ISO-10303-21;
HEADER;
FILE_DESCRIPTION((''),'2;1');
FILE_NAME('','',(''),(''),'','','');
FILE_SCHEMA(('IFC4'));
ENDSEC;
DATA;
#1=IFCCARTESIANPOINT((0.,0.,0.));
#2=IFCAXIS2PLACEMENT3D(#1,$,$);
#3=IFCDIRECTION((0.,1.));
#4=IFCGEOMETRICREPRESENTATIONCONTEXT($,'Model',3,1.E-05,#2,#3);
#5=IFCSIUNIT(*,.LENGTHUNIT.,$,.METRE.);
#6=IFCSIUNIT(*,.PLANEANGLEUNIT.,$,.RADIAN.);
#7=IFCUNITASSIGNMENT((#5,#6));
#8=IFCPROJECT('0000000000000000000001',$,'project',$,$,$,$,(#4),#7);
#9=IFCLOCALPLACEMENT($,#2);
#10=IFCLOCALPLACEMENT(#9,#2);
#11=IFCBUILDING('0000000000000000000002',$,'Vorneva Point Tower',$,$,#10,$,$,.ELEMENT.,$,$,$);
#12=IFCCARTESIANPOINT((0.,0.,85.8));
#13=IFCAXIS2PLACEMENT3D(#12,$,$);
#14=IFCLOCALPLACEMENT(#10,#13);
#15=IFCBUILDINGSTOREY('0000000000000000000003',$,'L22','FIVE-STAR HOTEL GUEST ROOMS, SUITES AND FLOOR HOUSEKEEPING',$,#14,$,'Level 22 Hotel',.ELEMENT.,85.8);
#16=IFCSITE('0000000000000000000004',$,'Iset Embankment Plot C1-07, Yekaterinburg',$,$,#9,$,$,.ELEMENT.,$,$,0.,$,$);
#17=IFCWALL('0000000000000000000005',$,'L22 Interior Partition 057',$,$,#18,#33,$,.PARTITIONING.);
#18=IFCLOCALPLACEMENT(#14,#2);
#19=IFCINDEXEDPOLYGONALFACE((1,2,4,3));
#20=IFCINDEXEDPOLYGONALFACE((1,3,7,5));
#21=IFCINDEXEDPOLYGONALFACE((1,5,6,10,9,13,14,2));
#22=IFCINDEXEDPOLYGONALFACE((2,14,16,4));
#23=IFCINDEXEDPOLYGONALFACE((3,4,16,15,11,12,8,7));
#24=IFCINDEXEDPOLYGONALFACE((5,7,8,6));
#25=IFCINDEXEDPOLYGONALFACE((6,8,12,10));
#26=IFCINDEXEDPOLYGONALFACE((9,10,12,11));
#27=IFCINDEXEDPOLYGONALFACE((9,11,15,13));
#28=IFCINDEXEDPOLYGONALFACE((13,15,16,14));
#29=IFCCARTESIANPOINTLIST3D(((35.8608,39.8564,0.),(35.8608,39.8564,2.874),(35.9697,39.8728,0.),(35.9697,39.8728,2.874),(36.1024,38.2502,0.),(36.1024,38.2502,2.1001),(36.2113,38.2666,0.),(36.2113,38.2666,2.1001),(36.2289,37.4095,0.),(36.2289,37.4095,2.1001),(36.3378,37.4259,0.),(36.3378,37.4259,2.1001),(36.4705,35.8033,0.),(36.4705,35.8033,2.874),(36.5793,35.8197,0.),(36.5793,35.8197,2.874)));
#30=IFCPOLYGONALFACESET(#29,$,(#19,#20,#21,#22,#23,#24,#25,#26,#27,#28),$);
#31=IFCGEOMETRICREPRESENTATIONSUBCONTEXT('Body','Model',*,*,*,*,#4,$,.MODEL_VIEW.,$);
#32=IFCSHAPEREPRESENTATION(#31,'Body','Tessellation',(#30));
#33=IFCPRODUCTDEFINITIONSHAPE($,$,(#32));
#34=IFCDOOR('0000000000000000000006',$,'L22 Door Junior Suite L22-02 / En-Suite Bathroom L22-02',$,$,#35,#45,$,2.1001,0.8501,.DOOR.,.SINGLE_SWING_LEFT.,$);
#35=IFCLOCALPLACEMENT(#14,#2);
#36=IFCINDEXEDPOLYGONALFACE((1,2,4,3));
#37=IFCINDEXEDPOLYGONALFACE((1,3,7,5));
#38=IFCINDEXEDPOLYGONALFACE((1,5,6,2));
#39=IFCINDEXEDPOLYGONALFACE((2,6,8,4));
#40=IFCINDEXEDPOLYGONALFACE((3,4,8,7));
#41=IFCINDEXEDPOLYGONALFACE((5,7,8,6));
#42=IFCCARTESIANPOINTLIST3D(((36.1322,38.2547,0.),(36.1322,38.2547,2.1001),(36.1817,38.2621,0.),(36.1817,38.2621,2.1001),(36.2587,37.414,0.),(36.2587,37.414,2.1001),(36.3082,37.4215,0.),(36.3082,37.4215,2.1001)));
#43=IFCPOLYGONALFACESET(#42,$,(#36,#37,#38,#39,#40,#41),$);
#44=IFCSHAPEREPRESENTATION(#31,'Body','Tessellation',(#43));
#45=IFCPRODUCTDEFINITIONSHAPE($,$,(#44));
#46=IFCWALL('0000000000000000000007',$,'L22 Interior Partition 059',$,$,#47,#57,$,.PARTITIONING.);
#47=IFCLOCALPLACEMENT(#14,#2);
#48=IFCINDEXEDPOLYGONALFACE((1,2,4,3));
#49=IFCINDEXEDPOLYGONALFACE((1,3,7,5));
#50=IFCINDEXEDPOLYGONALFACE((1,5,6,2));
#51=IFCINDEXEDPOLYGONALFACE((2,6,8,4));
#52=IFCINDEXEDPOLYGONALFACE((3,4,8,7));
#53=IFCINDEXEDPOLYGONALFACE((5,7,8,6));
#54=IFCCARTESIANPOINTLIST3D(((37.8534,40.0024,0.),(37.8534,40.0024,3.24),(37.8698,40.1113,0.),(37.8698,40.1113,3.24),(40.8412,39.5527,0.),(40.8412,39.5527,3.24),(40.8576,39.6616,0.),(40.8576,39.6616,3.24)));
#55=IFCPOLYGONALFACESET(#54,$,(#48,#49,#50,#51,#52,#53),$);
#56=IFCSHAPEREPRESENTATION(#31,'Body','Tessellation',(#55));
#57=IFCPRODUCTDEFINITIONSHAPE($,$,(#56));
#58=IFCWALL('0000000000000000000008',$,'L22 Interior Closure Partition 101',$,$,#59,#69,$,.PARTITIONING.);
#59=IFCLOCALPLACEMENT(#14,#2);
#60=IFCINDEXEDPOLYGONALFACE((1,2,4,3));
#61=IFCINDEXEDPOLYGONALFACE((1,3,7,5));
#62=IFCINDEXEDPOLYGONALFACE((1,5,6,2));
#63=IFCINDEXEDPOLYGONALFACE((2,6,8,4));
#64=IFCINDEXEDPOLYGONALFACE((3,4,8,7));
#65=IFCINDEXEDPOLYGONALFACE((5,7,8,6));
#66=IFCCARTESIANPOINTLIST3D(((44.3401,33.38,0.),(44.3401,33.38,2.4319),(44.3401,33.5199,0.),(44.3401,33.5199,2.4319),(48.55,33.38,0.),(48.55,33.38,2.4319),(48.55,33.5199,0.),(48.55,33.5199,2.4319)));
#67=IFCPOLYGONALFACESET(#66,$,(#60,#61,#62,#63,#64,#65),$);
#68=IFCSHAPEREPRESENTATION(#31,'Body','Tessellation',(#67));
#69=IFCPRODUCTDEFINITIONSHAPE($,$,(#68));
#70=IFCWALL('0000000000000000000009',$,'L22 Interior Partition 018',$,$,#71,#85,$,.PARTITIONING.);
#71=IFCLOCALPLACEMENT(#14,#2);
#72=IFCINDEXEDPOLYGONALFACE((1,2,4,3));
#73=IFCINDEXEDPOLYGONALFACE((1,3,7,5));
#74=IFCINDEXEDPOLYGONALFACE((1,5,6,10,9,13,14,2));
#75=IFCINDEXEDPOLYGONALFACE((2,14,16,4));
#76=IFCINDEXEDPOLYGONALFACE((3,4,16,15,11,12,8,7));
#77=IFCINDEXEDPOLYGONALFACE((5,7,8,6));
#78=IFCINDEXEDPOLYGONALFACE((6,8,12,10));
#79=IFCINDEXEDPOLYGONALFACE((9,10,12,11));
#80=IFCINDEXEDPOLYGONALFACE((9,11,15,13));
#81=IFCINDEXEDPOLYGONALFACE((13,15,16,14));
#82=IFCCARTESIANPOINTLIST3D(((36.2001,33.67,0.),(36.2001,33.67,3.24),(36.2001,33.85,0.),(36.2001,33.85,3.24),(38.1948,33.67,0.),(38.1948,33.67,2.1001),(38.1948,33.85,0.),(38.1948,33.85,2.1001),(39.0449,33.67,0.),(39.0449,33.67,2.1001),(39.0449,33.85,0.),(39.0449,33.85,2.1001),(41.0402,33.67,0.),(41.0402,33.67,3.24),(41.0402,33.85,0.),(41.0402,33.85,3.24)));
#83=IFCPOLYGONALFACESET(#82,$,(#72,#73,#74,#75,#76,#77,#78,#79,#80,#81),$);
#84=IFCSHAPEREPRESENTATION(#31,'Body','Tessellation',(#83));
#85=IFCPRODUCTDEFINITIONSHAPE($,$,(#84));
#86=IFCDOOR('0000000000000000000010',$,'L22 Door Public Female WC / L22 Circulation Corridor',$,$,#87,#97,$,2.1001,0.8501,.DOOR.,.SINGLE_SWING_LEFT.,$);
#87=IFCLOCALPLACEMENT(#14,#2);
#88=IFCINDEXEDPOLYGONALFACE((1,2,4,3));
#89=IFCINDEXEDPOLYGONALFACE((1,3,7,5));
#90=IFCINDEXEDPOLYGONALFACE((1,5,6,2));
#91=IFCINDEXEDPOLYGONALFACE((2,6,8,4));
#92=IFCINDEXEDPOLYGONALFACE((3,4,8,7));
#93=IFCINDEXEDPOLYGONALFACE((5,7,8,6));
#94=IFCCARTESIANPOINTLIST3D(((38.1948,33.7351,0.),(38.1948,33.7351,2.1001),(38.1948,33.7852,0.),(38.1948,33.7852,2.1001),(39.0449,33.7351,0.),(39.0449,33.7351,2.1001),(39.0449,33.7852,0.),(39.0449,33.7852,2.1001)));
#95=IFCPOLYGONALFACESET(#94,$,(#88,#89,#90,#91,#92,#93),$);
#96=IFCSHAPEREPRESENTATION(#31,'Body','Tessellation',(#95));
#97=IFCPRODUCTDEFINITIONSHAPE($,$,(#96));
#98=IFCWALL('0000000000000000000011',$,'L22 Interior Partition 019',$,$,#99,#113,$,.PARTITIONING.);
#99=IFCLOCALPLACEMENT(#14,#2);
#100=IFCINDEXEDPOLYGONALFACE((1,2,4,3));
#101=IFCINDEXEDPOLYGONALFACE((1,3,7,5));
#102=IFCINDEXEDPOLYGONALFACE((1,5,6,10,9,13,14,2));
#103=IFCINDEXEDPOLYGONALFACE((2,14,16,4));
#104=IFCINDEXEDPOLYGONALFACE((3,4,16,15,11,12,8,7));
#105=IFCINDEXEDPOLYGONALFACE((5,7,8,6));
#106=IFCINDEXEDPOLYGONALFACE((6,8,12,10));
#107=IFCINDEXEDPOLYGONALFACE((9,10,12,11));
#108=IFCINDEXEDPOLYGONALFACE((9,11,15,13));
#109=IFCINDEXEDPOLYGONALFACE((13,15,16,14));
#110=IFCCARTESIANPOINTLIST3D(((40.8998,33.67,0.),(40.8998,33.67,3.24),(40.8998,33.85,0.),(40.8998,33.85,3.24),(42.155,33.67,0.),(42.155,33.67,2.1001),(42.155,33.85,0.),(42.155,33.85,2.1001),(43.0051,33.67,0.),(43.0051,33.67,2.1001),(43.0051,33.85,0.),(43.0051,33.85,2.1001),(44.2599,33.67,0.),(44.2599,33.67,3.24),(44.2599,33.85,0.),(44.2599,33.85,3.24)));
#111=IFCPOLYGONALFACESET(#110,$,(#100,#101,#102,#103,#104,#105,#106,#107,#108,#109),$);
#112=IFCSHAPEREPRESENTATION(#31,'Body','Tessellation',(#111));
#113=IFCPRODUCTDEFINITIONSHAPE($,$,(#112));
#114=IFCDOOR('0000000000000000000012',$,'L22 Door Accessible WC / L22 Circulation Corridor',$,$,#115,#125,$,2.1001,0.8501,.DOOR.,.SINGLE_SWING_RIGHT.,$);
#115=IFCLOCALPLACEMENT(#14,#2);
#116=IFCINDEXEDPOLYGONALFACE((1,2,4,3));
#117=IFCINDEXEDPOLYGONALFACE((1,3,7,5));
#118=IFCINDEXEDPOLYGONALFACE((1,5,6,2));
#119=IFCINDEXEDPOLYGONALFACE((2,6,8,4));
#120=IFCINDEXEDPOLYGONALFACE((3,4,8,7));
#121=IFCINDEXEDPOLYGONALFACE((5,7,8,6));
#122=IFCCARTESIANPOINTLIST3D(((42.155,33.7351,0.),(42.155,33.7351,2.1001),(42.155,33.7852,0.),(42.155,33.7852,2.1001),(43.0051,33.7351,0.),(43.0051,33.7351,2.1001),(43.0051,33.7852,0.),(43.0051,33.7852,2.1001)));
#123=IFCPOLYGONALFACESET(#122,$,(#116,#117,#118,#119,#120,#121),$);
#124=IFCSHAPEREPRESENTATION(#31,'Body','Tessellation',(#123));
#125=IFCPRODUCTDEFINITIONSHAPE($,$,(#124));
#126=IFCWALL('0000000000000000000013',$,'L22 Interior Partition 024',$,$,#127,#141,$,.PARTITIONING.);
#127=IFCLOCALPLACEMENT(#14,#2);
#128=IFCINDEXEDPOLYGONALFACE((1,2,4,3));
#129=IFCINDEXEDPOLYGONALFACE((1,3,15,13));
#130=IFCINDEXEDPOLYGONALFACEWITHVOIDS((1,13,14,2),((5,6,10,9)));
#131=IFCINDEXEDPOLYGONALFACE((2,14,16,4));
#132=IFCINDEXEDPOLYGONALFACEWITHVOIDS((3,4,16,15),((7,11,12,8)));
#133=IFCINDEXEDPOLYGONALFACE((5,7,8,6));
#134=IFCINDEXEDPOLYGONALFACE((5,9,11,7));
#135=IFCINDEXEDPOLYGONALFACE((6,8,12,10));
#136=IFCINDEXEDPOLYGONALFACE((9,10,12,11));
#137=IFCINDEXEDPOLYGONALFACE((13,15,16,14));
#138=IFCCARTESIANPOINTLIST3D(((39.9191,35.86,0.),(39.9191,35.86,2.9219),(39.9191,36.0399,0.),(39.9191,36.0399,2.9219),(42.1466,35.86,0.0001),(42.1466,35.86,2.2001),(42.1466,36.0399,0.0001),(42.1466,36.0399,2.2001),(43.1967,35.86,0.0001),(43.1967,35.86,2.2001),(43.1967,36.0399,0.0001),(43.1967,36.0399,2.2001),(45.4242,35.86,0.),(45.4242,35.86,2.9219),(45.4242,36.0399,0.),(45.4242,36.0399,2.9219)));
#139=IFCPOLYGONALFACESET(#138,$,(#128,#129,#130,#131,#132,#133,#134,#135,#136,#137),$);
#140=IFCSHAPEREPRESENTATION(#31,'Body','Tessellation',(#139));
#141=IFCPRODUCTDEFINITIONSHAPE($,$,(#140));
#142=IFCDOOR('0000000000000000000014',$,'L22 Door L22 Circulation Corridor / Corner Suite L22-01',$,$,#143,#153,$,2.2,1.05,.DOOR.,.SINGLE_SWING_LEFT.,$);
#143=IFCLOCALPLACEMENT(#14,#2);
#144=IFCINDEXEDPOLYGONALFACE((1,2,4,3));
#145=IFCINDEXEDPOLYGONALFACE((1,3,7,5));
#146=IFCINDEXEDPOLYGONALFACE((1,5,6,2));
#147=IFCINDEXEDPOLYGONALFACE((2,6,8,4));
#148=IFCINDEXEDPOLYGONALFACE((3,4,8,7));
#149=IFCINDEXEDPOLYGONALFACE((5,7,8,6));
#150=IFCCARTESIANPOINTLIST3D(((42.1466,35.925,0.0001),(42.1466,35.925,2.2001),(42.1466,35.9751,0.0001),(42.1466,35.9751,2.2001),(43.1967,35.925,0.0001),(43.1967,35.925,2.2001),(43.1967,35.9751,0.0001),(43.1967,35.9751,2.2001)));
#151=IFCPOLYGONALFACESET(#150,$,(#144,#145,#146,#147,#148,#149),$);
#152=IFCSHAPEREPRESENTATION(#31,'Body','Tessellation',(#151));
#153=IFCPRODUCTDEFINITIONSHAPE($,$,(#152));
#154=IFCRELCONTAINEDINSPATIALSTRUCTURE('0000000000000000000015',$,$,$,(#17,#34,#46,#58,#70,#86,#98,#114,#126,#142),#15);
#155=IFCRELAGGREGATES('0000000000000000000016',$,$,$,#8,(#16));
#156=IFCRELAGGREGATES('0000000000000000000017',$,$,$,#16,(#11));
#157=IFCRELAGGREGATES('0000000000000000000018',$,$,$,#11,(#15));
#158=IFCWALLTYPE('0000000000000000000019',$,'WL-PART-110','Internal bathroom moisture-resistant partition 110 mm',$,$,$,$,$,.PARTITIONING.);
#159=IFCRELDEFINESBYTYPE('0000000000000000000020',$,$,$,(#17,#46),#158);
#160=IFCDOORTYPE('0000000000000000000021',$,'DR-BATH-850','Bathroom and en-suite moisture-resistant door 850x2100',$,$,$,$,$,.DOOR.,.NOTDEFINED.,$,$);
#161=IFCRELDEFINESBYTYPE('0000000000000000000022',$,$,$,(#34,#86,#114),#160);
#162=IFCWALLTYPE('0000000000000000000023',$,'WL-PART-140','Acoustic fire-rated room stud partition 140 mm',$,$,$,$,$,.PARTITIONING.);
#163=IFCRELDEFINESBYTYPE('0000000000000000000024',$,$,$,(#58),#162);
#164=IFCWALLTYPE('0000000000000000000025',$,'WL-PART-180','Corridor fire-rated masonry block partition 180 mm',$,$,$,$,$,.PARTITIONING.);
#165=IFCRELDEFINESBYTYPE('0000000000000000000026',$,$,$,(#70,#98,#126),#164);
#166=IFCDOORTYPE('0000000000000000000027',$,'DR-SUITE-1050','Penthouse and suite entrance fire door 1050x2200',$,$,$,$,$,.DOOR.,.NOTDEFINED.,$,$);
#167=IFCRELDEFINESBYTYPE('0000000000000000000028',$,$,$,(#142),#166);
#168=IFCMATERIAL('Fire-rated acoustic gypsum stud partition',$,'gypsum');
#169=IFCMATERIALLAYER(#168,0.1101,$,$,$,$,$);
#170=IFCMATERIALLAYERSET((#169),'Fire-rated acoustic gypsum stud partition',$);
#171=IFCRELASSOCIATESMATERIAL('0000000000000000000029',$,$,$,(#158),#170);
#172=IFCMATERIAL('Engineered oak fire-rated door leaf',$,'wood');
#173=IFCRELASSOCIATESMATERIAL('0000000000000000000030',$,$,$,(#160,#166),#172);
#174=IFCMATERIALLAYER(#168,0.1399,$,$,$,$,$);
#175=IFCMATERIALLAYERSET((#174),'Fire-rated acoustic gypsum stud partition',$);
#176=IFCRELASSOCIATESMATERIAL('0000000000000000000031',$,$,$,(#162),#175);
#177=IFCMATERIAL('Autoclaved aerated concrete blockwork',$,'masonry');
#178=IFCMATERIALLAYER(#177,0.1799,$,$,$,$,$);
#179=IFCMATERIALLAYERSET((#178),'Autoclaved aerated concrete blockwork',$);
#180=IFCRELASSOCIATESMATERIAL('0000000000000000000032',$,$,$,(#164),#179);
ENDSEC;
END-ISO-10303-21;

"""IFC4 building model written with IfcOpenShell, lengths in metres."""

from ifc_helpers import new_model, si_unit, direction, frame, frame_2d, origin, place, context, subcontext, project, spatial, rectangle, extrude, material, layer, layer_set, type_object, element, fill, save


model = new_model("IFC4")

# Units and contexts
model_context = context("Model", 3, precision=1e-05, world=origin(), true_north=direction((0.0, 1.0)))
body_context = subcontext(model_context, "Body", "Model", "MODEL_VIEW")
ifc_project = project(units=[si_unit("LENGTHUNIT", "METRE"), si_unit("PLANEANGLEUNIT", "RADIAN")], contexts=[model_context])

# Site, building, storey
site_placement = place(None, origin())
site = spatial("IfcSite", under=ifc_project, at=site_placement, Name="Iset Embankment Plot C1-07, Yekaterinburg", CompositionType="ELEMENT", RefElevation=0.0)
building_placement = place(site_placement, origin())
building = spatial("IfcBuilding", under=site, at=building_placement, Name="Vorneva Point Tower", CompositionType="ELEMENT")
storey_placement = place(building_placement, frame((0.0, 0.0, 85.8)))
storey = spatial("IfcBuildingStorey", under=building, at=storey_placement, Name="L22", Description="FIVE-STAR HOTEL GUEST ROOMS, SUITES AND FLOOR HOUSEKEEPING", LongName="Level 22 Hotel", CompositionType="ELEMENT", Elevation=85.8)

# Shared definitions
ifc_material_1 = material(Name="Fire-rated acoustic gypsum stud partition", Category="gypsum")
ifc_layer_1 = layer(ifc_material_1, 0.1101)
ifc_layer_set_1 = layer_set([ifc_layer_1], Name="Fire-rated acoustic gypsum stud partition")
wall_type_1 = type_object("IfcWallType", Name="WL-PART-110", Description="Internal bathroom moisture-resistant partition 110 mm", PredefinedType="PARTITIONING", material=ifc_layer_set_1)

# Wall, opening, door
wall_1_placement = place(storey_placement, frame((36.5249, 35.8115, 0.0), z_axis=(0.0, 0.0, 1.0), x_axis=(-0.148739, 0.988876, 0.0)))
wall_1 = element("IfcWall", 1, at=wall_1_placement, inside=storey, type_object=wall_type_1, Name="L22 Interior Partition 057", PredefinedType="PARTITIONING", context=body_context, shape_type="SweptSolid", body=[
    extrude(rectangle(XDim=4.0986, YDim=0.1101, at=frame_2d((2.0493, 0.0))), origin(), (0.0, 0.0, 1.0), 2.874),
])
opening_1_placement = place(wall_1_placement, frame((1.6243, 0.0, 0.0)))
opening_1 = element("IfcOpeningElement", 2, at=opening_1_placement, cuts=wall_1, PredefinedType="OPENING", context=body_context, shape_type="SweptSolid", body=[
    extrude(rectangle(XDim=0.8501, YDim=2.1001, at=frame_2d((0.425, 1.05))), frame((0.0, 0.0698, 0.0), z_axis=(0.0, -1.0, 0.0), x_axis=(1.0, 0.0, 0.0)), (0.0, 0.0, 1.0), 0.1399),
])
ifc_material_2 = material(Name="Engineered oak fire-rated door leaf", Category="wood")
door_type_1 = type_object("IfcDoorType", Name="DR-BATH-850", Description="Bathroom and en-suite moisture-resistant door 850x2100", OperationType="NOTDEFINED", PredefinedType="DOOR", material=ifc_material_2)
door_1_placement = place(opening_1_placement, origin())
door_1 = element("IfcDoor", 3, at=door_1_placement, inside=storey, type_object=door_type_1, Name="L22 Door Junior Suite L22-02 / En-Suite Bathroom L22-02", OperationType="SINGLE_SWING_LEFT", OverallHeight=2.1001, OverallWidth=0.8501, PredefinedType="DOOR", context=body_context, shape_type="SweptSolid", body=[
    extrude(rectangle(XDim=0.8501, YDim=2.1001, at=frame_2d((0.425, 1.05))), frame((0.0, 0.0249, 0.0), z_axis=(0.0, -1.0, 0.0), x_axis=(1.0, 0.0, 0.0)), (0.0, 0.0, 1.0), 0.05),
])
fill(opening_1, door_1)

# Walls
wall_2_placement = place(storey_placement, frame((37.8616, 40.0569, 0.0), z_axis=(0.0, 0.0, 1.0), x_axis=(0.988862, -0.148838, 0.0)))
element("IfcWall", 4, at=wall_2_placement, inside=storey, type_object=wall_type_1, Name="L22 Interior Partition 059", PredefinedType="PARTITIONING", context=body_context, shape_type="SweptSolid", body=[
    extrude(rectangle(XDim=3.0215, YDim=0.1101, at=frame_2d((1.5107, 0.0))), origin(), (0.0, 0.0, 1.0), 3.24),
])
ifc_layer_2 = layer(ifc_material_1, 0.1399)
ifc_layer_set_2 = layer_set([ifc_layer_2], Name="Fire-rated acoustic gypsum stud partition")
wall_type_2 = type_object("IfcWallType", Name="WL-PART-140", Description="Acoustic fire-rated room stud partition 140 mm", PredefinedType="PARTITIONING", material=ifc_layer_set_2)
wall_3_placement = place(storey_placement, frame((44.3401, 33.45, 0.0), z_axis=(0.0, 0.0, 1.0), x_axis=(1.0, 0.0, 0.0)))
element("IfcWall", 5, at=wall_3_placement, inside=storey, type_object=wall_type_2, Name="L22 Interior Closure Partition 101", PredefinedType="PARTITIONING", context=body_context, shape_type="SweptSolid", body=[
    extrude(rectangle(XDim=4.21, YDim=0.1399, at=frame_2d((2.105, 0.0))), origin(), (0.0, 0.0, 1.0), 2.4319),
])

# Walls, openings, doors
ifc_material_3 = material(Name="Autoclaved aerated concrete blockwork", Category="masonry")
ifc_layer_3 = layer(ifc_material_3, 0.1799)
ifc_layer_set_3 = layer_set([ifc_layer_3], Name="Autoclaved aerated concrete blockwork")
wall_type_3 = type_object("IfcWallType", Name="WL-PART-180", Description="Corridor fire-rated masonry block partition 180 mm", PredefinedType="PARTITIONING", material=ifc_layer_set_3)
wall_4_placement = place(storey_placement, frame((41.04, 33.76, 0.0), z_axis=(0.0, 0.0, 1.0), x_axis=(-1.0, 0.0, 0.0)))
wall_4 = element("IfcWall", 6, at=wall_4_placement, inside=storey, type_object=wall_type_3, Name="L22 Interior Partition 018", PredefinedType="PARTITIONING", context=body_context, shape_type="SweptSolid", body=[
    extrude(rectangle(XDim=4.8401, YDim=0.1799, at=frame_2d((2.4199, 0.0))), origin(), (0.0, 0.0, 1.0), 3.24),
])
opening_2_placement = place(wall_4_placement, frame((1.9951, 0.0, 0.0)))
opening_2 = element("IfcOpeningElement", 7, at=opening_2_placement, cuts=wall_4, PredefinedType="OPENING", context=body_context, shape_type="SweptSolid", body=[
    extrude(rectangle(XDim=0.8501, YDim=2.1001, at=frame_2d((0.425, 1.05))), frame((0.0, 0.105, 0.0), z_axis=(0.0, -1.0, 0.0), x_axis=(1.0, 0.0, 0.0)), (0.0, 0.0, 1.0), 0.2097),
])
door_2_placement = place(opening_2_placement, origin())
door_2 = element("IfcDoor", 8, at=door_2_placement, inside=storey, type_object=door_type_1, Name="L22 Door Public Female WC / L22 Circulation Corridor", OperationType="SINGLE_SWING_LEFT", OverallHeight=2.1001, OverallWidth=0.8501, PredefinedType="DOOR", context=body_context, shape_type="SweptSolid", body=[
    extrude(rectangle(XDim=0.8501, YDim=2.1001, at=frame_2d((0.425, 1.05))), frame((0.0, 0.0249, 0.0), z_axis=(0.0, -1.0, 0.0), x_axis=(1.0, 0.0, 0.0)), (0.0, 0.0, 1.0), 0.05),
])
fill(opening_2, door_2)
wall_5_placement = place(storey_placement, frame((44.26, 33.76, 0.0), z_axis=(0.0, 0.0, 1.0), x_axis=(-1.0, 0.0, 0.0)))
wall_5 = element("IfcWall", 9, at=wall_5_placement, inside=storey, type_object=wall_type_3, Name="L22 Interior Partition 019", PredefinedType="PARTITIONING", context=body_context, shape_type="SweptSolid", body=[
    extrude(rectangle(XDim=3.3601, YDim=0.1799, at=frame_2d((1.6802, 0.0))), origin(), (0.0, 0.0, 1.0), 3.24),
])
opening_3_placement = place(wall_5_placement, frame((1.2549, 0.0, 0.0)))
opening_3 = element("IfcOpeningElement", 10, at=opening_3_placement, cuts=wall_5, PredefinedType="OPENING", context=body_context, shape_type="SweptSolid", body=[
    extrude(rectangle(XDim=0.8501, YDim=2.1001, at=frame_2d((0.425, 1.05))), frame((0.0, 0.105, 0.0), z_axis=(0.0, -1.0, 0.0), x_axis=(1.0, 0.0, 0.0)), (0.0, 0.0, 1.0), 0.2097),
])
door_3_placement = place(opening_3_placement, origin())
door_3 = element("IfcDoor", 11, at=door_3_placement, inside=storey, type_object=door_type_1, Name="L22 Door Accessible WC / L22 Circulation Corridor", OperationType="SINGLE_SWING_RIGHT", OverallHeight=2.1001, OverallWidth=0.8501, PredefinedType="DOOR", context=body_context, shape_type="SweptSolid", body=[
    extrude(rectangle(XDim=0.8501, YDim=2.1001, at=frame_2d((0.425, 1.05))), frame((0.0, 0.0249, 0.0), z_axis=(0.0, -1.0, 0.0), x_axis=(1.0, 0.0, 0.0)), (0.0, 0.0, 1.0), 0.05),
])
fill(opening_3, door_3)
wall_6_placement = place(storey_placement, frame((45.4241, 35.95, 0.0), z_axis=(0.0, 0.0, 1.0), x_axis=(-1.0, 0.0, 0.0)))
wall_6 = element("IfcWall", 12, at=wall_6_placement, inside=storey, type_object=wall_type_3, Name="L22 Interior Partition 024", PredefinedType="PARTITIONING", context=body_context, shape_type="SweptSolid", body=[
    extrude(rectangle(XDim=5.5051, YDim=0.1799, at=frame_2d((2.7524, 0.0))), origin(), (0.0, 0.0, 1.0), 2.9219),
])
opening_4_placement = place(wall_6_placement, frame((2.2275, 0.0, 0.0)))
opening_4 = element("IfcOpeningElement", 13, at=opening_4_placement, cuts=wall_6, PredefinedType="OPENING", context=body_context, shape_type="SweptSolid", body=[
    extrude(rectangle(XDim=1.05, YDim=2.2, at=frame_2d((0.5249, 1.1001))), frame((0.0, 0.105, 0.0), z_axis=(0.0, -1.0, 0.0), x_axis=(1.0, 0.0, 0.0)), (0.0, 0.0, 1.0), 0.2097),
])
door_type_2 = type_object("IfcDoorType", Name="DR-SUITE-1050", Description="Penthouse and suite entrance fire door 1050x2200", OperationType="NOTDEFINED", PredefinedType="DOOR", material=ifc_material_2)
door_4_placement = place(opening_4_placement, origin())
door_4 = element("IfcDoor", 14, at=door_4_placement, inside=storey, type_object=door_type_2, Name="L22 Door L22 Circulation Corridor / Corner Suite L22-01", OperationType="SINGLE_SWING_LEFT", OverallHeight=2.2, OverallWidth=1.05, PredefinedType="DOOR", context=body_context, shape_type="SweptSolid", body=[
    extrude(rectangle(XDim=1.05, YDim=2.2, at=frame_2d((0.5249, 1.1001))), frame((0.0, 0.0249, 0.0), z_axis=(0.0, -1.0, 0.0), x_axis=(1.0, 0.0, 0.0)), (0.0, 0.0, 1.0), 0.05),
])
fill(opening_4, door_4)

save(model, "model.ifc")
